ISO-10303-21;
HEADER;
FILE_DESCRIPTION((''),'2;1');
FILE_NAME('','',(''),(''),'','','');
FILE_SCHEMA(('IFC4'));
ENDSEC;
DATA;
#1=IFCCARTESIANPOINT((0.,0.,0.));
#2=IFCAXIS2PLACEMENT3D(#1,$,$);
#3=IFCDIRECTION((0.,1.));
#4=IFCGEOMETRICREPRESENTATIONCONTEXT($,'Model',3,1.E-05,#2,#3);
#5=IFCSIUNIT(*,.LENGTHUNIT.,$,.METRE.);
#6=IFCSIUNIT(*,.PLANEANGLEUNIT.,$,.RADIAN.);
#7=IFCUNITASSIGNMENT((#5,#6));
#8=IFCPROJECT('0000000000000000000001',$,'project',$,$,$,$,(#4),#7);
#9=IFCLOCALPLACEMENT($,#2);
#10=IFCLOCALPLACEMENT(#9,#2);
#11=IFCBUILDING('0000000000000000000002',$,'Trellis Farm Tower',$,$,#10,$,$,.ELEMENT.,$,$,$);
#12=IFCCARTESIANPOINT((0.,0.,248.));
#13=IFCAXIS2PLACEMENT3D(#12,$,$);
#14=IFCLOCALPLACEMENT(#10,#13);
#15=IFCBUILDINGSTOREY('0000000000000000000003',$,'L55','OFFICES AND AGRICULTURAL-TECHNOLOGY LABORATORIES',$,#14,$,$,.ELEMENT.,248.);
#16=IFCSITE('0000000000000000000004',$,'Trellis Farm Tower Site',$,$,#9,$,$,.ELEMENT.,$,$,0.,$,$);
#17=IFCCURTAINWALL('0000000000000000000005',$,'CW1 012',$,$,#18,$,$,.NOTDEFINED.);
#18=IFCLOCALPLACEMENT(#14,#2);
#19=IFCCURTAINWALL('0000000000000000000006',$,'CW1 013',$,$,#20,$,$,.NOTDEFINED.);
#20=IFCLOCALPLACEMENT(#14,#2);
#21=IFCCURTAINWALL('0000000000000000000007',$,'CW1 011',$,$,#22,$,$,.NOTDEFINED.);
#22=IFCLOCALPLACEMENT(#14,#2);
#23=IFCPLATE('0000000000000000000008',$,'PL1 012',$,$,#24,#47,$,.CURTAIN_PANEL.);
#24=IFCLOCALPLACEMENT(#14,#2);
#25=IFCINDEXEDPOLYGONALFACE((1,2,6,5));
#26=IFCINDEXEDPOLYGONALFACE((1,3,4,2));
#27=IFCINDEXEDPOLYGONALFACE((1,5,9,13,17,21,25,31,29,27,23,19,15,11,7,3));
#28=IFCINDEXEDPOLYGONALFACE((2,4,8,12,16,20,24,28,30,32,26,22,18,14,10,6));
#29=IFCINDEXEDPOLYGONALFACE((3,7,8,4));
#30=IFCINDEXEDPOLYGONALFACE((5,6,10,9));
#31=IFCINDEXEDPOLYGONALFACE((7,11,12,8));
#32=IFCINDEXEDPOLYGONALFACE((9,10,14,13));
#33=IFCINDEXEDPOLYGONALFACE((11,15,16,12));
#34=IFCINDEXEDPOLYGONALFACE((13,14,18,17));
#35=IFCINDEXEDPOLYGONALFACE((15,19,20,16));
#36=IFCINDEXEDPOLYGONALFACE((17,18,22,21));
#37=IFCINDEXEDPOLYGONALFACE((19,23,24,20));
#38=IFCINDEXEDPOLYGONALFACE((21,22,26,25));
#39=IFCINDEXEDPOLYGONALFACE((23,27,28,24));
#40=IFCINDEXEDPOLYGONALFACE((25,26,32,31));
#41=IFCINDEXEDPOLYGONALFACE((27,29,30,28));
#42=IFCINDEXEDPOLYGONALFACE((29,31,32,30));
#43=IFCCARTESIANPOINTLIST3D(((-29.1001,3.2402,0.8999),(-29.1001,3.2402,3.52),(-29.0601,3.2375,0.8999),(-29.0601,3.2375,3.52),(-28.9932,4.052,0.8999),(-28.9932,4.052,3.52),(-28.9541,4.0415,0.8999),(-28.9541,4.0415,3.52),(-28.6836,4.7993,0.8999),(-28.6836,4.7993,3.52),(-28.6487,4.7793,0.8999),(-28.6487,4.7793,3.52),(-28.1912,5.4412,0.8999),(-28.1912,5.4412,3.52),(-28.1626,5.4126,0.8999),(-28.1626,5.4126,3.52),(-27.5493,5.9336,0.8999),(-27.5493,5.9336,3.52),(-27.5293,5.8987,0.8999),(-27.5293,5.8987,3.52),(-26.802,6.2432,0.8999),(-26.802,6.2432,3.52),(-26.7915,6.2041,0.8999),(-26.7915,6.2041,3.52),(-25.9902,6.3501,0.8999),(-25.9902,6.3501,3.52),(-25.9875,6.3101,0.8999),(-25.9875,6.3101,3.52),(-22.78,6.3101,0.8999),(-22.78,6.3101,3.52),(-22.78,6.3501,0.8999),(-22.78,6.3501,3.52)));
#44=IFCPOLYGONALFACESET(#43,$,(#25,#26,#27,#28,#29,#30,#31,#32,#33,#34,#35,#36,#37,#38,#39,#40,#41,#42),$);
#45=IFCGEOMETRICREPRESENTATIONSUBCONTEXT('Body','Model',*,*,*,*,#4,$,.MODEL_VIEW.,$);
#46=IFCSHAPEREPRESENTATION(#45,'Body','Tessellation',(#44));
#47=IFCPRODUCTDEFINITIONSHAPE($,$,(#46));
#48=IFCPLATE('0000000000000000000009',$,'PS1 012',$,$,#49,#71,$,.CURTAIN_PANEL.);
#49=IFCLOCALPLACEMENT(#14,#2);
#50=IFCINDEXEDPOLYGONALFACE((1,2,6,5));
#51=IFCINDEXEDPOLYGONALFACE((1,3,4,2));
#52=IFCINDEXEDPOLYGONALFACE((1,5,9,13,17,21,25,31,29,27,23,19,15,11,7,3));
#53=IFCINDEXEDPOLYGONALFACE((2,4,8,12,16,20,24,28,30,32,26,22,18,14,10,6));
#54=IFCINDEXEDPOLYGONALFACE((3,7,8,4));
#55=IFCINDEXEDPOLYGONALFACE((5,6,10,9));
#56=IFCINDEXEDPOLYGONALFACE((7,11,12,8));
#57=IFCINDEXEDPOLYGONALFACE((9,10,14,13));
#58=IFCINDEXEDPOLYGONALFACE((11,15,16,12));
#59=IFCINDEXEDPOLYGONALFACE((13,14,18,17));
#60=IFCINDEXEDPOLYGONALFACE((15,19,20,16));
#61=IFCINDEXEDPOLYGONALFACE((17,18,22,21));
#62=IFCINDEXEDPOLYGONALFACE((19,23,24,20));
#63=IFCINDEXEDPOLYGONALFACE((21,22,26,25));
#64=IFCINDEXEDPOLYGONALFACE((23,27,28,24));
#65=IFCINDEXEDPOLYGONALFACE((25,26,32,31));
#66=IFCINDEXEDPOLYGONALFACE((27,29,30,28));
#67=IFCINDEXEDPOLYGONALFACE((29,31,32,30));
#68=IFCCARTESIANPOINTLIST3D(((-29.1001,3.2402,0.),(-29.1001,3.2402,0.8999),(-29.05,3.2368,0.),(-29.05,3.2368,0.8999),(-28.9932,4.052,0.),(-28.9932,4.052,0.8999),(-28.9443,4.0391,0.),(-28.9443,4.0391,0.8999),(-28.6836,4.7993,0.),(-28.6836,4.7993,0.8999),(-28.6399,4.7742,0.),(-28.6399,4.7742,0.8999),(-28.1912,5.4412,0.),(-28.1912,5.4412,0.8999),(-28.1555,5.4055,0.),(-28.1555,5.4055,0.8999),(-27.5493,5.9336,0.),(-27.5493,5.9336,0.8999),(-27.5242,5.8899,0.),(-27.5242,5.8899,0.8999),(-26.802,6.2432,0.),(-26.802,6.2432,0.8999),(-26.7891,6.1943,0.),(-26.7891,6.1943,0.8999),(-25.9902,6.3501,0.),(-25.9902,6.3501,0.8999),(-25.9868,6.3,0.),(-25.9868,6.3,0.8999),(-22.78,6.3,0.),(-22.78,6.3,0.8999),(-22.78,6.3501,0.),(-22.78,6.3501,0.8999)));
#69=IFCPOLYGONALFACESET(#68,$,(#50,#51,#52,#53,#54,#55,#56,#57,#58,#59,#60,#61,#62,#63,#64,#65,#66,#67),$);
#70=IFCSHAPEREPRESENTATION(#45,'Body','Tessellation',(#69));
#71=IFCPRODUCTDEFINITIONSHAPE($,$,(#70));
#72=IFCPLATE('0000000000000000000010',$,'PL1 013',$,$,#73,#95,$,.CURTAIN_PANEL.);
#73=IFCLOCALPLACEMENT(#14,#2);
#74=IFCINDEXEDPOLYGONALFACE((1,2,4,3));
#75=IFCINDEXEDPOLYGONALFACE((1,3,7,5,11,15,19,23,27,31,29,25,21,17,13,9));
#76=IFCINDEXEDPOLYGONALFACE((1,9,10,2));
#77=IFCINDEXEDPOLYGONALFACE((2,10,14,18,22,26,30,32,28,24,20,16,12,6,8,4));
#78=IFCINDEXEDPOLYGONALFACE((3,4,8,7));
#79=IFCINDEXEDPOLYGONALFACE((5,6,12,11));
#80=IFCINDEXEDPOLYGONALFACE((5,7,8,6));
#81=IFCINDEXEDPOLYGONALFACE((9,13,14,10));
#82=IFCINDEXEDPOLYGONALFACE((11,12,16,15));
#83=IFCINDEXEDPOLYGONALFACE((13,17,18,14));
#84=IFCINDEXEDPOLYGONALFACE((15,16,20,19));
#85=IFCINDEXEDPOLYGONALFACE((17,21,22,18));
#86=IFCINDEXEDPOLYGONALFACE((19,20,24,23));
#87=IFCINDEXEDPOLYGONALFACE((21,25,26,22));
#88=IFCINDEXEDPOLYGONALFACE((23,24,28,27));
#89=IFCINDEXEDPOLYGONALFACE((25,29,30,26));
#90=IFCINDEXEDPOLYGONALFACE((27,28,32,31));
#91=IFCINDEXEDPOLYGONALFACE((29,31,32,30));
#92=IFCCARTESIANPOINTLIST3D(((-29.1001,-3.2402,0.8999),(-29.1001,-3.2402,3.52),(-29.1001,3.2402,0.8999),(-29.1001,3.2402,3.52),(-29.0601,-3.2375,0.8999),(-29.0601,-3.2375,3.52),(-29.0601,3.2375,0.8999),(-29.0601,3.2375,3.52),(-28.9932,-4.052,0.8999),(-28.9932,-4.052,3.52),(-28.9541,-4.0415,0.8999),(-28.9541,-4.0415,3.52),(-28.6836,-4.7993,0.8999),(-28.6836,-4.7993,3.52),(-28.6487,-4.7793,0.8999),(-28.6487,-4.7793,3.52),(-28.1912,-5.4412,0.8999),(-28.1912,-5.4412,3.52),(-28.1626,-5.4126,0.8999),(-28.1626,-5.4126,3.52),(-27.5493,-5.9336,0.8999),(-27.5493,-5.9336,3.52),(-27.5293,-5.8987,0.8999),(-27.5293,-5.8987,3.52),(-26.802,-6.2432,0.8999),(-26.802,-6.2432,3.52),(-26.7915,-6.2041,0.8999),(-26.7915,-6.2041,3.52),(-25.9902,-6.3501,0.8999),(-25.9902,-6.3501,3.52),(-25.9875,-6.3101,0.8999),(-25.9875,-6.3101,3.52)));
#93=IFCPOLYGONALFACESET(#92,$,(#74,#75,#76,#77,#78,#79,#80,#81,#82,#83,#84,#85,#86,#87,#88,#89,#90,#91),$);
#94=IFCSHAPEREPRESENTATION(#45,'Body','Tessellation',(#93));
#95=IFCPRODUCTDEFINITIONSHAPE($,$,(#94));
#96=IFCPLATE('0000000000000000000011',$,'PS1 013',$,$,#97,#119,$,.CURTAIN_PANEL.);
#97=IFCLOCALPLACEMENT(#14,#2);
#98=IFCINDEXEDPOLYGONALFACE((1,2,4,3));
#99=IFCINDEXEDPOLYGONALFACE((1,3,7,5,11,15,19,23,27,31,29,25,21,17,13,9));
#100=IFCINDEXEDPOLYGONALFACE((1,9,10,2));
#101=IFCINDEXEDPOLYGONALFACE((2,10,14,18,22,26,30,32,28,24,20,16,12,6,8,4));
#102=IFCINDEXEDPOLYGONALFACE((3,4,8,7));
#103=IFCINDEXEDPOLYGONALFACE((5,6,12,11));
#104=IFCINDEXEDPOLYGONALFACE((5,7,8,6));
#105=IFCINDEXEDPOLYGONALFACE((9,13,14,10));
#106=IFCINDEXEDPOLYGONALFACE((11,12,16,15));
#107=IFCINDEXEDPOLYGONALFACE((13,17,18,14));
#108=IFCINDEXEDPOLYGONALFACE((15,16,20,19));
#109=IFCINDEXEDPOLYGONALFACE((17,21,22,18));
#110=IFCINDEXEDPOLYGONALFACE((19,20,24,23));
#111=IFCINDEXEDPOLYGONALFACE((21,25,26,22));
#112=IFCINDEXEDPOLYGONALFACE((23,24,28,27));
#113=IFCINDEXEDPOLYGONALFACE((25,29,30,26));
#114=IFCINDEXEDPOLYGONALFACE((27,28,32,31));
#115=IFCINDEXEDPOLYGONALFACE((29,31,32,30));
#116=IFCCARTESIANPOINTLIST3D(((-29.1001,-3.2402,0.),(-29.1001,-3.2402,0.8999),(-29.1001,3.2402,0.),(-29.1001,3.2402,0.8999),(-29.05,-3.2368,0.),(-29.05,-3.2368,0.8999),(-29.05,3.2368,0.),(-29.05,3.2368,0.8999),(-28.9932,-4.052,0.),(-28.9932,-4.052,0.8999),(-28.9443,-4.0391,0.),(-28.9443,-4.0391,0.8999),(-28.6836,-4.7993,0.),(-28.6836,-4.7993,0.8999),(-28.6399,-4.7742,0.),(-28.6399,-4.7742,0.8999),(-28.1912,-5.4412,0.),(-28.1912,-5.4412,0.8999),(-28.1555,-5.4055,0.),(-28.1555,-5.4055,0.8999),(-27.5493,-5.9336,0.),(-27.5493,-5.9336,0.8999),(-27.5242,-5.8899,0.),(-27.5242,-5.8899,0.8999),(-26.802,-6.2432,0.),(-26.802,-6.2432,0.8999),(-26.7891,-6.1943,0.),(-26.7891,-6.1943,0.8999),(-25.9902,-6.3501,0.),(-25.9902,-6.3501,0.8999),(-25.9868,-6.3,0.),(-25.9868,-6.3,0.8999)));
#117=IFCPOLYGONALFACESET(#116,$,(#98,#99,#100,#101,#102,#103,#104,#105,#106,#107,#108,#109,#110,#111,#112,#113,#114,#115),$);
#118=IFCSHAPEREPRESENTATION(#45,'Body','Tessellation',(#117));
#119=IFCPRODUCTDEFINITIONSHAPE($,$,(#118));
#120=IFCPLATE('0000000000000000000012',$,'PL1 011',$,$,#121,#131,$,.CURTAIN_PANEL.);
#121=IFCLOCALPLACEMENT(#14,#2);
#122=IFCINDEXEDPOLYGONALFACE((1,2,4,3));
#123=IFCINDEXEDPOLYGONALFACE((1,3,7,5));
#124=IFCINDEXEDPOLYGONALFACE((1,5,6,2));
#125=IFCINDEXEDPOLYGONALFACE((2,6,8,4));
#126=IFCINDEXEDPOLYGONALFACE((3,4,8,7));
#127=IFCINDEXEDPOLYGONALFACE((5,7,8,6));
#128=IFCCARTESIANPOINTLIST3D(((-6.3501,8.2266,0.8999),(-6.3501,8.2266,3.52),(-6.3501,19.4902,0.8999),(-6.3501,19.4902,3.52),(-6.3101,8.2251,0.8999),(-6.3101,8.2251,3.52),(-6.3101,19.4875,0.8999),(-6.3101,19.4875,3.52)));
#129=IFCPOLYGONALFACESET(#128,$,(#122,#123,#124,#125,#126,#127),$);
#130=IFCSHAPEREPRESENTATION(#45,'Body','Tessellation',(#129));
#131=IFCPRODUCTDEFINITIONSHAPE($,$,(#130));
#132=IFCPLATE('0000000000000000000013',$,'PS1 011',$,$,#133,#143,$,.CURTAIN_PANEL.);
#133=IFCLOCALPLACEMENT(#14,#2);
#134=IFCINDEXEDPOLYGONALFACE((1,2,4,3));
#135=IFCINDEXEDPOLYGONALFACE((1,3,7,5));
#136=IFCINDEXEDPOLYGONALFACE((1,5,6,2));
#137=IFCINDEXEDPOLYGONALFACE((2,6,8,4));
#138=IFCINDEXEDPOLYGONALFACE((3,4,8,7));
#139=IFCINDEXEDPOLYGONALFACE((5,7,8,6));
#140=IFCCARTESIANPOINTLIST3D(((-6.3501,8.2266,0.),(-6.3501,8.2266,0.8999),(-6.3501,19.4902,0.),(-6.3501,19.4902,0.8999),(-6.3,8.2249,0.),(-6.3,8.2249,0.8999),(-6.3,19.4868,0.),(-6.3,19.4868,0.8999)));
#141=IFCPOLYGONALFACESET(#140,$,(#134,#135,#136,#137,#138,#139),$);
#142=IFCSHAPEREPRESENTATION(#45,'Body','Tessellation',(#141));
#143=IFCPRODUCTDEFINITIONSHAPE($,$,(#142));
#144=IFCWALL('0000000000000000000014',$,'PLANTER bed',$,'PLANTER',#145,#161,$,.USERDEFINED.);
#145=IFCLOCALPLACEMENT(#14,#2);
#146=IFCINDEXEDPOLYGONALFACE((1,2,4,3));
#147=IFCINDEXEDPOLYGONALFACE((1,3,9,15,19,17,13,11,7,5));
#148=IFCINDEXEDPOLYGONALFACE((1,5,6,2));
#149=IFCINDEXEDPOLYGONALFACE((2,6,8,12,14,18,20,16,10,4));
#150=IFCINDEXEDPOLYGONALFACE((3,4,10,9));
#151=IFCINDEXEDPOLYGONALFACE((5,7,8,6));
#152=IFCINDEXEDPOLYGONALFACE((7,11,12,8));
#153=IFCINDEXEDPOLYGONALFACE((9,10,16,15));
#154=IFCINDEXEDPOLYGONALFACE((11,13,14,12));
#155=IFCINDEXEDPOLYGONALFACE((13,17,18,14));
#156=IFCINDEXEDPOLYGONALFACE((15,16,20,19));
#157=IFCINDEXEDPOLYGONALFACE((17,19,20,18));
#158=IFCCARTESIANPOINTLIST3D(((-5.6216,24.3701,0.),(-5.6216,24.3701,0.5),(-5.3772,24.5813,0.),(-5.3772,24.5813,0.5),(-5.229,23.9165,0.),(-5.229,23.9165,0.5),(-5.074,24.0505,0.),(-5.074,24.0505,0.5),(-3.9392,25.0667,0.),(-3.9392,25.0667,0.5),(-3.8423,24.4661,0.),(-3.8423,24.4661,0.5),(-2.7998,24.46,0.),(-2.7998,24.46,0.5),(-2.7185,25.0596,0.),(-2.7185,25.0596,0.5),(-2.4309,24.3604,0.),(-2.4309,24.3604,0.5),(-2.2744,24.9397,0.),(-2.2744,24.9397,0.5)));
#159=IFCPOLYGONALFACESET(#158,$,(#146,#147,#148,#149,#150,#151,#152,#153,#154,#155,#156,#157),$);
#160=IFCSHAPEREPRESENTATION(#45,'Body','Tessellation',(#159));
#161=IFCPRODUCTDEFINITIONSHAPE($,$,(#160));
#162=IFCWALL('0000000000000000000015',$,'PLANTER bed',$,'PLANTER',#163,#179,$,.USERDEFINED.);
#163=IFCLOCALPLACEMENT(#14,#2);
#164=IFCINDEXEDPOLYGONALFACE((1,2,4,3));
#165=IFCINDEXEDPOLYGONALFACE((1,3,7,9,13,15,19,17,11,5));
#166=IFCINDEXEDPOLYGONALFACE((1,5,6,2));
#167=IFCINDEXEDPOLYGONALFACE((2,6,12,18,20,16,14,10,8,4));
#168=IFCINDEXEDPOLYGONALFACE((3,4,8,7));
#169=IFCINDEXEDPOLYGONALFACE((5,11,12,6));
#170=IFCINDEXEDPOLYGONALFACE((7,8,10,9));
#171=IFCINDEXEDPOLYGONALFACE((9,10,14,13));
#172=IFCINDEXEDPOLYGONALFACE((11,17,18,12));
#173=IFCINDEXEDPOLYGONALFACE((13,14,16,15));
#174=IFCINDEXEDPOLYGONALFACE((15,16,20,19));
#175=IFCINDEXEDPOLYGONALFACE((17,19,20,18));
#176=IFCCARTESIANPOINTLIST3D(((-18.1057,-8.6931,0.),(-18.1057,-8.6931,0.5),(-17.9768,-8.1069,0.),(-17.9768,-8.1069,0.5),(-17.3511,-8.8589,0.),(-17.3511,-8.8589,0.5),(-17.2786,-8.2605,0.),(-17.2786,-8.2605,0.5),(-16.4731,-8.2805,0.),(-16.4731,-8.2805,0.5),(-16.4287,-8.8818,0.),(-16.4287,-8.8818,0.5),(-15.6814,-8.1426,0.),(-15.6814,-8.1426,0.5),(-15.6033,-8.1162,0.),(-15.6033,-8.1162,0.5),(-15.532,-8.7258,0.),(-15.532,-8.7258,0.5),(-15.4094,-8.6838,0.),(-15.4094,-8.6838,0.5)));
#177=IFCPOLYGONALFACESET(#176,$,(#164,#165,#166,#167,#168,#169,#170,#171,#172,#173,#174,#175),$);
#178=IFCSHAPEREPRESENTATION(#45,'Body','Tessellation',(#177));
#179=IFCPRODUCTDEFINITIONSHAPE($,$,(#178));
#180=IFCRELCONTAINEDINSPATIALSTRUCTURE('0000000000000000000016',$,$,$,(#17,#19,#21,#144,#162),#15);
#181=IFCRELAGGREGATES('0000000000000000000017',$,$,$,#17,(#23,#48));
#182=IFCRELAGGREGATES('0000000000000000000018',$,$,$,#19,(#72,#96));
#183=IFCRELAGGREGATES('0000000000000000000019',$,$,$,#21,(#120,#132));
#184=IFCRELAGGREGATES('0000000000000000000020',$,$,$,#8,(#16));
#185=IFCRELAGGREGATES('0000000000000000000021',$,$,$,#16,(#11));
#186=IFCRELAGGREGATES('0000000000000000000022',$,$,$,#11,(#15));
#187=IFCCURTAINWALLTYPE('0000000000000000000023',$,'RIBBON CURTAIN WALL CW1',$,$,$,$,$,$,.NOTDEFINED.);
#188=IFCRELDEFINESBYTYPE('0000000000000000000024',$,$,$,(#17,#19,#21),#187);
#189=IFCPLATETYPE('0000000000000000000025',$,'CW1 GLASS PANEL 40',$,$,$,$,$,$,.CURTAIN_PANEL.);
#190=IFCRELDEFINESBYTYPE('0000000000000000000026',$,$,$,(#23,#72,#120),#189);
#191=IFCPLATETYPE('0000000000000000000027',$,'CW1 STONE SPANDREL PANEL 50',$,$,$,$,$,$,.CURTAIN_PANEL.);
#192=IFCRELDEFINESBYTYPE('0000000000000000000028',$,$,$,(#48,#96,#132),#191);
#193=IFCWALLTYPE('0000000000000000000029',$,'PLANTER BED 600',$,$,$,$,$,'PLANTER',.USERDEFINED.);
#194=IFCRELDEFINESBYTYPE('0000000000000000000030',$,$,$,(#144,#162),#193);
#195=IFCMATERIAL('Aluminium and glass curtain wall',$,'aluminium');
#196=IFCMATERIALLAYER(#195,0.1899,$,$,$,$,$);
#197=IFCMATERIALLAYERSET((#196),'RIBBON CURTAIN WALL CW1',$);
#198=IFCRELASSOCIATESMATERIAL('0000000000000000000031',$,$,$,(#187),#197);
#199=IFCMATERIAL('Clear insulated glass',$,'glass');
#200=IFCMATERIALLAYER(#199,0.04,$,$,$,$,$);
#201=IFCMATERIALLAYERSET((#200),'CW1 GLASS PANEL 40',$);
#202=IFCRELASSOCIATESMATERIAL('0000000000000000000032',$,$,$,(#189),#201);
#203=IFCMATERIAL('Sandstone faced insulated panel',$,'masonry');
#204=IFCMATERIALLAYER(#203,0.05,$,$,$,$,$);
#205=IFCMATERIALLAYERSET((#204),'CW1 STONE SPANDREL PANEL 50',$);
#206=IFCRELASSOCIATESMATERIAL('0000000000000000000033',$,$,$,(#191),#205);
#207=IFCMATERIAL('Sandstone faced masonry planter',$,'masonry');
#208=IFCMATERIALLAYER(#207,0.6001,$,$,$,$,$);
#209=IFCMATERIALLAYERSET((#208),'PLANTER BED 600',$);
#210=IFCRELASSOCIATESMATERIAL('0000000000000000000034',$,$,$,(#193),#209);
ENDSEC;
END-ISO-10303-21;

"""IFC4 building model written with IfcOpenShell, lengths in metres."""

from ifc_helpers import new_model, si_unit, direction, frame, origin, place, context, subcontext, project, spatial, polyline, outline, extrude, source, transform, mapped, material, layer, layer_set, type_object, element, aggregate, save


model = new_model("IFC4")

# Units and contexts
model_context = context("Model", 3, precision=1e-05, world=origin(), true_north=direction((0.0, 1.0)))
body_context = subcontext(model_context, "Body", "Model", "MODEL_VIEW")
ifc_project = project(units=[si_unit("LENGTHUNIT", "METRE"), si_unit("PLANEANGLEUNIT", "RADIAN")], contexts=[model_context])

# Site, building, storey
site_placement = place(None, origin())
site = spatial("IfcSite", under=ifc_project, at=site_placement, Name="Trellis Farm Tower Site", CompositionType="ELEMENT", RefElevation=0.0)
building_placement = place(site_placement, origin())
building = spatial("IfcBuilding", under=site, at=building_placement, Name="Trellis Farm Tower", CompositionType="ELEMENT")
storey_placement = place(building_placement, frame((0.0, 0.0, 248.0)))
storey = spatial("IfcBuildingStorey", under=building, at=storey_placement, Name="L55", Description="OFFICES AND AGRICULTURAL-TECHNOLOGY LABORATORIES", CompositionType="ELEMENT", Elevation=248.0)

# Curtain walls
ifc_material_1 = material(Name="Aluminium and glass curtain wall", Category="aluminium")
placement_1 = place(storey_placement, origin())
ifc_layer_1 = layer(ifc_material_1, 0.1899)
ifc_layer_set_1 = layer_set([ifc_layer_1], Name="RIBBON CURTAIN WALL CW1")
curtain_wall_type_1 = type_object("IfcCurtainWallType", Name="RIBBON CURTAIN WALL CW1", PredefinedType="NOTDEFINED", material=ifc_layer_set_1)
curtain_wall_1 = element("IfcCurtainWall", 1, at=placement_1, inside=storey, type_object=curtain_wall_type_1, Name="CW1 012", PredefinedType="NOTDEFINED")
curtain_wall_2 = element("IfcCurtainWall", 2, at=placement_1, inside=storey, type_object=curtain_wall_type_1, Name="CW1 013", PredefinedType="NOTDEFINED")

# Curtain wall
curtain_wall_3 = element("IfcCurtainWall", 3, at=placement_1, inside=storey, type_object=curtain_wall_type_1, Name="CW1 011", PredefinedType="NOTDEFINED")

# Plates
ifc_material_2 = material(Name="Clear insulated glass", Category="glass")
ifc_layer_2 = layer(ifc_material_2, 0.04)
ifc_layer_set_2 = layer_set([ifc_layer_2], Name="CW1 GLASS PANEL 40")
plate_type_1 = type_object("IfcPlateType", Name="CW1 GLASS PANEL 40", PredefinedType="CURTAIN_PANEL", material=ifc_layer_set_2)
shared_shape_1 = source(origin(), body_context, "Body", "SweptSolid", [
    extrude(outline(polyline([(-22.78, 6.3501), (-25.9902, 6.3501), (-26.802, 6.2432), (-27.5493, 5.9336), (-28.1912, 5.4412), (-28.6836, 4.7993), (-28.9932, 4.052), (-29.1001, 3.2402), (-29.0601, 3.2375), (-28.9541, 4.0415), (-28.6487, 4.7793), (-28.1626, 5.4126), (-27.5293, 5.8987), (-26.7915, 6.2041), (-25.9875, 6.3101), (-22.78, 6.3101), (-22.78, 6.3501)])), origin(), (0.0, 0.0, 1.0), 2.6201),
])
placement_2 = place(storey_placement, frame((0.0, 0.0, 0.8999)))
plate_1 = element("IfcPlate", 4, at=placement_2, type_object=plate_type_1, Name="PL1 012", PredefinedType="CURTAIN_PANEL", context=body_context, shape_type="MappedRepresentation", body=[
    mapped(shared_shape_1, transform((0.0, 0.0, 0.0))),
])
ifc_material_3 = material(Name="Sandstone faced insulated panel", Category="masonry")
ifc_layer_3 = layer(ifc_material_3, 0.05)
ifc_layer_set_3 = layer_set([ifc_layer_3], Name="CW1 STONE SPANDREL PANEL 50")
plate_type_2 = type_object("IfcPlateType", Name="CW1 STONE SPANDREL PANEL 50", PredefinedType="CURTAIN_PANEL", material=ifc_layer_set_3)
shared_shape_2 = source(origin(), body_context, "Body", "SweptSolid", [
    extrude(outline(polyline([(-22.78, 6.3501), (-25.9902, 6.3501), (-26.802, 6.2432), (-27.5493, 5.9336), (-28.1912, 5.4412), (-28.6836, 4.7993), (-28.9932, 4.052), (-29.1001, 3.2402), (-29.05, 3.2368), (-28.9443, 4.0391), (-28.6399, 4.7742), (-28.1555, 5.4055), (-27.5242, 5.8899), (-26.7891, 6.1943), (-25.9868, 6.3), (-22.78, 6.3), (-22.78, 6.3501)])), origin(), (0.0, 0.0, 1.0), 0.8999),
])
plate_2 = element("IfcPlate", 5, at=placement_1, type_object=plate_type_2, Name="PS1 012", PredefinedType="CURTAIN_PANEL", context=body_context, shape_type="MappedRepresentation", body=[
    mapped(shared_shape_2, transform((0.0, 0.0, 0.0))),
])
aggregate(curtain_wall_1, [plate_1, plate_2])
shared_shape_3 = source(origin(), body_context, "Body", "SweptSolid", [
    extrude(outline(polyline([(-29.1001, 3.2402), (-29.1001, -3.2402), (-28.9932, -4.052), (-28.6836, -4.7993), (-28.1912, -5.4412), (-27.5493, -5.9336), (-26.802, -6.2432), (-25.9902, -6.3501), (-25.9875, -6.3101), (-26.7915, -6.2041), (-27.5293, -5.8987), (-28.1626, -5.4126), (-28.6487, -4.7793), (-28.9541, -4.0415), (-29.0601, -3.2375), (-29.0601, 3.2375), (-29.1001, 3.2402)])), origin(), (0.0, 0.0, 1.0), 2.6201),
])
plate_3 = element("IfcPlate", 6, at=placement_2, type_object=plate_type_1, Name="PL1 013", PredefinedType="CURTAIN_PANEL", context=body_context, shape_type="MappedRepresentation", body=[
    mapped(shared_shape_3, transform((0.0, 0.0, 0.0))),
])
shared_shape_4 = source(origin(), body_context, "Body", "SweptSolid", [
    extrude(outline(polyline([(-29.1001, 3.2402), (-29.1001, -3.2402), (-28.9932, -4.052), (-28.6836, -4.7993), (-28.1912, -5.4412), (-27.5493, -5.9336), (-26.802, -6.2432), (-25.9902, -6.3501), (-25.9868, -6.3), (-26.7891, -6.1943), (-27.5242, -5.8899), (-28.1555, -5.4055), (-28.6399, -4.7742), (-28.9443, -4.0391), (-29.05, -3.2368), (-29.05, 3.2368), (-29.1001, 3.2402)])), origin(), (0.0, 0.0, 1.0), 0.8999),
])
plate_4 = element("IfcPlate", 7, at=placement_1, type_object=plate_type_2, Name="PS1 013", PredefinedType="CURTAIN_PANEL", context=body_context, shape_type="MappedRepresentation", body=[
    mapped(shared_shape_4, transform((0.0, 0.0, 0.0))),
])
aggregate(curtain_wall_2, [plate_3, plate_4])
shared_shape_5 = source(origin(), body_context, "Body", "SweptSolid", [
    extrude(outline(polyline([(-6.3501, 19.4902), (-6.3501, 8.2266), (-6.3101, 8.2251), (-6.3101, 19.4875), (-6.3501, 19.4902)])), origin(), (0.0, 0.0, 1.0), 2.6201),
])
plate_5 = element("IfcPlate", 8, at=placement_2, type_object=plate_type_1, Name="PL1 011", PredefinedType="CURTAIN_PANEL", context=body_context, shape_type="MappedRepresentation", body=[
    mapped(shared_shape_5, transform((0.0, 0.0, 0.0))),
])
shared_shape_6 = source(origin(), body_context, "Body", "SweptSolid", [
    extrude(outline(polyline([(-6.3501, 19.4902), (-6.3501, 8.2266), (-6.3, 8.2249), (-6.3, 19.4868), (-6.3501, 19.4902)])), origin(), (0.0, 0.0, 1.0), 0.8999),
])
plate_6 = element("IfcPlate", 9, at=placement_1, type_object=plate_type_2, Name="PS1 011", PredefinedType="CURTAIN_PANEL", context=body_context, shape_type="MappedRepresentation", body=[
    mapped(shared_shape_6, transform((0.0, 0.0, 0.0))),
])
aggregate(curtain_wall_3, [plate_5, plate_6])

# Walls
ifc_material_4 = material(Name="Sandstone faced masonry planter", Category="masonry")
ifc_layer_4 = layer(ifc_material_4, 0.6001)
ifc_layer_set_4 = layer_set([ifc_layer_4], Name="PLANTER BED 600")
wall_type_1 = type_object("IfcWallType", Name="PLANTER BED 600", ElementType="PLANTER", PredefinedType="USERDEFINED", material=ifc_layer_set_4)
element("IfcWall", 10, at=placement_1, inside=storey, type_object=wall_type_1, Name="PLANTER bed", ObjectType="PLANTER", PredefinedType="USERDEFINED", context=body_context, shape_type="SweptSolid", body=[
    extrude(outline(polyline([(-5.3772, 24.5813), (-3.9392, 25.0667), (-2.7185, 25.0596), (-2.2744, 24.9397), (-2.4309, 24.3604), (-2.7998, 24.46), (-3.8423, 24.4661), (-5.074, 24.0505), (-5.229, 23.9165), (-5.6216, 24.3701), (-5.3772, 24.5813)])), origin(), (0.0, 0.0, 1.0), 0.5),
])
element("IfcWall", 11, at=placement_1, inside=storey, type_object=wall_type_1, Name="PLANTER bed", ObjectType="PLANTER", PredefinedType="USERDEFINED", context=body_context, shape_type="SweptSolid", body=[
    extrude(outline(polyline([(-16.4287, -8.8818), (-17.3511, -8.8589), (-18.1057, -8.6931), (-17.9768, -8.1069), (-17.2786, -8.2605), (-16.4731, -8.2805), (-15.6814, -8.1426), (-15.6033, -8.1162), (-15.4094, -8.6838), (-15.532, -8.7258), (-16.4287, -8.8818)])), origin(), (0.0, 0.0, 1.0), 0.5),
])

save(model, "model.ifc")
